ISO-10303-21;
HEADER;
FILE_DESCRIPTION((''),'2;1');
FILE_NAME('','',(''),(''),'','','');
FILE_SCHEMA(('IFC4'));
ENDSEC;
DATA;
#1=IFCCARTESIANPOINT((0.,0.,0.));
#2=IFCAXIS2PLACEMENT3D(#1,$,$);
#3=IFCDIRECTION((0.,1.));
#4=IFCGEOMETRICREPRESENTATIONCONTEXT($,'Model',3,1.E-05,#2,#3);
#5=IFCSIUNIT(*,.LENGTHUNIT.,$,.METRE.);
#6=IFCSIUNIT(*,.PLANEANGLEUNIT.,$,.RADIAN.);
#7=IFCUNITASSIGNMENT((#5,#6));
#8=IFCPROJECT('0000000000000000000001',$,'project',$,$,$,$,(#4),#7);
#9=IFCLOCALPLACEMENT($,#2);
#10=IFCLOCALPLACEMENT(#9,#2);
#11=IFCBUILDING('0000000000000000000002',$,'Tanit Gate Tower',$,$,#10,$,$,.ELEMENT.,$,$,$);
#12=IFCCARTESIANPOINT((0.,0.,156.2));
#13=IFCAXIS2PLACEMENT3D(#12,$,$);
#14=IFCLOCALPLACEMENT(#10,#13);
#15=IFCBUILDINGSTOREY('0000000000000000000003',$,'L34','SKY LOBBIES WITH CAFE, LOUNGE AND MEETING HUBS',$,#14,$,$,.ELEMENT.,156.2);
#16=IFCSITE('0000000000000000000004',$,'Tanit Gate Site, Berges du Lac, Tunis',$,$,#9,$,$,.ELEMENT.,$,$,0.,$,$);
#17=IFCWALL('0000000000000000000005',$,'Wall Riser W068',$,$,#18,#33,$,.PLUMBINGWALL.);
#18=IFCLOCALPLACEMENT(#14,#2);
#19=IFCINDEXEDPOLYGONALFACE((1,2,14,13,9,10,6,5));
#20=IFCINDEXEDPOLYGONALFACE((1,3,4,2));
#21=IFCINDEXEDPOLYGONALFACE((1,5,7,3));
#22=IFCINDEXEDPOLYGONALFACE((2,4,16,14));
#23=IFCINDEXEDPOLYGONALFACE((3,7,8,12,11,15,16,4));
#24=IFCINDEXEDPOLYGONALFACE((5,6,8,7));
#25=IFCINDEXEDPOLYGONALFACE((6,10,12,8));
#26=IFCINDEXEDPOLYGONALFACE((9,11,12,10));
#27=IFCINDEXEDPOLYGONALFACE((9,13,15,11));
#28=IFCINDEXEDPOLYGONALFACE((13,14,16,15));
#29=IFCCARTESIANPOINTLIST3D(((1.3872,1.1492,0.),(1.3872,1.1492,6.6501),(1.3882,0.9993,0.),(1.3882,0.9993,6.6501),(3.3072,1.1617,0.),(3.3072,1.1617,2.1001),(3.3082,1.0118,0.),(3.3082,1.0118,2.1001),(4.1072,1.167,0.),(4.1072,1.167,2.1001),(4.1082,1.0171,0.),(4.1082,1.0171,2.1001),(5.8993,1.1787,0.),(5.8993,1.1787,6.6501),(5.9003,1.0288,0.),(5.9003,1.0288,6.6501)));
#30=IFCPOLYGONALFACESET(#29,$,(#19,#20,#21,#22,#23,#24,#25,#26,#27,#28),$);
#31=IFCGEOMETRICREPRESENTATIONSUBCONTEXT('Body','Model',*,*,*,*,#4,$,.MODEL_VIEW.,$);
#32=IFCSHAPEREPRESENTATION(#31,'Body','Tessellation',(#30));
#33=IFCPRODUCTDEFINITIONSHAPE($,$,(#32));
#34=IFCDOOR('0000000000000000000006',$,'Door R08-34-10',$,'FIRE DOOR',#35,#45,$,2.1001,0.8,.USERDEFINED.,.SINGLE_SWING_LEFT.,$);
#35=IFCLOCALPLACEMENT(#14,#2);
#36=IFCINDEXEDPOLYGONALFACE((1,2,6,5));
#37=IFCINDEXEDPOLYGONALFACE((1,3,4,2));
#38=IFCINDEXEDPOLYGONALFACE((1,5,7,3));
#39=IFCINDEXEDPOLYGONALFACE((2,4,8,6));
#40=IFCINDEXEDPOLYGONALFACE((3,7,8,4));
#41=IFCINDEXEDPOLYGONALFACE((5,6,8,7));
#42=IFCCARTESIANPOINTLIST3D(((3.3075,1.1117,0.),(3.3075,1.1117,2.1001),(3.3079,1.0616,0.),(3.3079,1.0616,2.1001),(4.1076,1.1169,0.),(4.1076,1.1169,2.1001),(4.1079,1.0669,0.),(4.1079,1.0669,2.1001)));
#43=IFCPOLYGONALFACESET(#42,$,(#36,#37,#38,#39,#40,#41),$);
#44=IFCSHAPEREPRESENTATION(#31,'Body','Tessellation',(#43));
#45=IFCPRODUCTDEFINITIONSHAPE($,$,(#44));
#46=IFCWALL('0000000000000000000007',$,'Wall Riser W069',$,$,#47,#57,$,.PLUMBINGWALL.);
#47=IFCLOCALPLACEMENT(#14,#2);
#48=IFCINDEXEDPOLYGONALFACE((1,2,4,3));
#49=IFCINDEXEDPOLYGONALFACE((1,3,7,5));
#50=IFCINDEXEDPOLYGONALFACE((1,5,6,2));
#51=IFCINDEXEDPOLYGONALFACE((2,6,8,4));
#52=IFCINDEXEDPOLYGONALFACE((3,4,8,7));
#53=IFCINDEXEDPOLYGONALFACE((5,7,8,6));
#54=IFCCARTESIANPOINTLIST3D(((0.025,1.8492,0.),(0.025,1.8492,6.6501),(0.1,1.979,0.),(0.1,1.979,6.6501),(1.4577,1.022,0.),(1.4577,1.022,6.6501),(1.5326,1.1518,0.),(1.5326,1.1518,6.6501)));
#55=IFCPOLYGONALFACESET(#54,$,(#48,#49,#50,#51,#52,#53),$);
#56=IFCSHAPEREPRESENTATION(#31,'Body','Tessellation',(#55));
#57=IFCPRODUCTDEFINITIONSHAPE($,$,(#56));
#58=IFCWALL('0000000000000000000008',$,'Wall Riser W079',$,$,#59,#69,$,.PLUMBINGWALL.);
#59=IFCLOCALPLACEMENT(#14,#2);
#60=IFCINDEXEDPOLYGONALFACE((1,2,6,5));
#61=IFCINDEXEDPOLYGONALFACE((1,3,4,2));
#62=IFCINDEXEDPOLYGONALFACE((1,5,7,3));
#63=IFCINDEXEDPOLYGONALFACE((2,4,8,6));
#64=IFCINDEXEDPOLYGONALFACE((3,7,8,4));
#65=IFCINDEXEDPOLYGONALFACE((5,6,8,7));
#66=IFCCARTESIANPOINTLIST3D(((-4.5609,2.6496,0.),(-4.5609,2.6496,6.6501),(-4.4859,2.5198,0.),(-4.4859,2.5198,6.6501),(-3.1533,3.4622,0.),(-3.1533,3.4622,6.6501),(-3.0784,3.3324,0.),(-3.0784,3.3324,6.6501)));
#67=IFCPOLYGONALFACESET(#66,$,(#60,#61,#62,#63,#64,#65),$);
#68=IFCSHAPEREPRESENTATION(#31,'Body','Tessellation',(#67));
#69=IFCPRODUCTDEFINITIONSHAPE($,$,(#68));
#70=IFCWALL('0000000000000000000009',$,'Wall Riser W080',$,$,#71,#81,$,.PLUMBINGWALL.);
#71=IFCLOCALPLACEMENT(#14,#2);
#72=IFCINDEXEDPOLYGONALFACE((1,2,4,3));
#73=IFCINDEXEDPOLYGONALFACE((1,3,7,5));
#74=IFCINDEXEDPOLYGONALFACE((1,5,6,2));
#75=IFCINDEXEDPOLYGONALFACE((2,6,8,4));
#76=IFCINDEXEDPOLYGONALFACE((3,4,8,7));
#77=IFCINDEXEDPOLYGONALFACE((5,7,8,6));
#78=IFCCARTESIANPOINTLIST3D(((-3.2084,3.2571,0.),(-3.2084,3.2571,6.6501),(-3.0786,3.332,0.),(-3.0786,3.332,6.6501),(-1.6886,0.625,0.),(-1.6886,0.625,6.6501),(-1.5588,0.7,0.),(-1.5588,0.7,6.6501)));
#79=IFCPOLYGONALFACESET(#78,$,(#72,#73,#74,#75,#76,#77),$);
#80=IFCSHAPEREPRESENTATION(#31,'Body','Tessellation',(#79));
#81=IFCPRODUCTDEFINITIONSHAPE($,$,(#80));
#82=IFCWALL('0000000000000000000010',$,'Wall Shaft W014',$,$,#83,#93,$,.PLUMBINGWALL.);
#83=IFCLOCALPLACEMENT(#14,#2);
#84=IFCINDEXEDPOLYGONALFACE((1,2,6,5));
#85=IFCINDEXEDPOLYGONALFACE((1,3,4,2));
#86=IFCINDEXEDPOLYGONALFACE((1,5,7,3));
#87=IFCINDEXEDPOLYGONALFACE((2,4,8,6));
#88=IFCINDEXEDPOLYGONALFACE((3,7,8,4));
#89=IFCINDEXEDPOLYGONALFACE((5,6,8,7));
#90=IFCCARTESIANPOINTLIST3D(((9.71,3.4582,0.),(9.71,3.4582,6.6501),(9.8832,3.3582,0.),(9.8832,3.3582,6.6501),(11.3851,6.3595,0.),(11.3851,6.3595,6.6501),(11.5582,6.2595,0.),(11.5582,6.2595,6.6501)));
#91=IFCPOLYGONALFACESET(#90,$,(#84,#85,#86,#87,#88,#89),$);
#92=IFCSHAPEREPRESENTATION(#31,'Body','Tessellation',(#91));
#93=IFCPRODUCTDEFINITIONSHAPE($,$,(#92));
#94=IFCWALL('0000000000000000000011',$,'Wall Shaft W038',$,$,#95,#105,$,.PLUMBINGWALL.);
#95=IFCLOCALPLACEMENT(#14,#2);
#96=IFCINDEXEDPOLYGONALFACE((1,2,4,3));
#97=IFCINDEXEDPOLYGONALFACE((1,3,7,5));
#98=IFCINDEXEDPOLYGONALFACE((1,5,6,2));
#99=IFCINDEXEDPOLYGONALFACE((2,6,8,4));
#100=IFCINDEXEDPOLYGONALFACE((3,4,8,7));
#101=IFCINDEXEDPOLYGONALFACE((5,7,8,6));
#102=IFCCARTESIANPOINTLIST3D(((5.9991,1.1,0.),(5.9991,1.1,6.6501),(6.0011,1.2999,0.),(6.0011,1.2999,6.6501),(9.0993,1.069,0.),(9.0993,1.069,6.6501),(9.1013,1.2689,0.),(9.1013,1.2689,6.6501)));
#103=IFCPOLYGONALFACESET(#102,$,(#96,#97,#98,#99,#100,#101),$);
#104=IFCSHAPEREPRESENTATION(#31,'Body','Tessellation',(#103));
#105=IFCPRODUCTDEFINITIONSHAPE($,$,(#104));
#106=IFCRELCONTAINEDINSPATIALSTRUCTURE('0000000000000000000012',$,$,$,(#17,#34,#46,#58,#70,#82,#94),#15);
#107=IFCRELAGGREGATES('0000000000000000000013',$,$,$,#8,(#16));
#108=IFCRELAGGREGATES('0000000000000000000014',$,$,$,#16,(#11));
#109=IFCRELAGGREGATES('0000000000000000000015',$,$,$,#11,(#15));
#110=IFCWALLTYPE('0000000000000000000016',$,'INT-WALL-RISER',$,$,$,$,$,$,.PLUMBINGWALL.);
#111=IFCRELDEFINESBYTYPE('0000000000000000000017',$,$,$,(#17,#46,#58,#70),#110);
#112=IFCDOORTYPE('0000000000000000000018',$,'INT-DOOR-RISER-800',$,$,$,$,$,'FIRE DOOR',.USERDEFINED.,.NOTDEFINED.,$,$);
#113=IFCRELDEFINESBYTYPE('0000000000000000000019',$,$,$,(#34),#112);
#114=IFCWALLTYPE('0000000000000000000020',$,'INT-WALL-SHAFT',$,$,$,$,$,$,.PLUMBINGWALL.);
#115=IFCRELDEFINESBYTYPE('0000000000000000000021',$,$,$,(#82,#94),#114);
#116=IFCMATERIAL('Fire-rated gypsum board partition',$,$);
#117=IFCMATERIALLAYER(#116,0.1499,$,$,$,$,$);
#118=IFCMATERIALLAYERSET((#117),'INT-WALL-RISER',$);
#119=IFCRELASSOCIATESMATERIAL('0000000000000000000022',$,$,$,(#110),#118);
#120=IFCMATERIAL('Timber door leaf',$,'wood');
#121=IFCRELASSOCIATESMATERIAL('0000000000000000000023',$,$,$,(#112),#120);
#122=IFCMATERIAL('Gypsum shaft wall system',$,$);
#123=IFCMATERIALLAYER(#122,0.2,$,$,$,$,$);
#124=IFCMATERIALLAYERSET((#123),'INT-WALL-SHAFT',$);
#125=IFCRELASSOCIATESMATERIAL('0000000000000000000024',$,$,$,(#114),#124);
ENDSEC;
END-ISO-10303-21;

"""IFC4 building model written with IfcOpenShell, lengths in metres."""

from ifc_helpers import new_model, si_unit, direction, frame, frame_2d, origin, place, context, subcontext, project, spatial, rectangle, extrude, material, layer, layer_set, type_object, element, fill, save


model = new_model("IFC4")

# Units and contexts
model_context = context("Model", 3, precision=1e-05, world=origin(), true_north=direction((0.0, 1.0)))
body_context = subcontext(model_context, "Body", "Model", "MODEL_VIEW")
ifc_project = project(units=[si_unit("LENGTHUNIT", "METRE"), si_unit("PLANEANGLEUNIT", "RADIAN")], contexts=[model_context])

# Site, building, storey
site_placement = place(None, origin())
site = spatial("IfcSite", under=ifc_project, at=site_placement, Name="Tanit Gate Site, Berges du Lac, Tunis", CompositionType="ELEMENT", RefElevation=0.0)
building_placement = place(site_placement, origin())
building = spatial("IfcBuilding", under=site, at=building_placement, Name="Tanit Gate Tower", CompositionType="ELEMENT")
storey_placement = place(building_placement, frame((0.0, 0.0, 156.2)))
storey = spatial("IfcBuildingStorey", under=building, at=storey_placement, Name="L34", Description="SKY LOBBIES WITH CAFE, LOUNGE AND MEETING HUBS", CompositionType="ELEMENT", Elevation=156.2)

# Wall, opening, door
ifc_material_1 = material(Name="Fire-rated gypsum board partition")
ifc_layer_1 = layer(ifc_material_1, 0.1499)
ifc_layer_set_1 = layer_set([ifc_layer_1], Name="INT-WALL-RISER")
wall_type_1 = type_object("IfcWallType", Name="INT-WALL-RISER", PredefinedType="PLUMBINGWALL", material=ifc_layer_set_1)
wall_1_placement = place(storey_placement, frame((1.3877, 1.0742, 0.0), z_axis=(0.0, 0.0, 1.0), x_axis=(0.999979, 0.006547, 0.0)))
wall_1 = element("IfcWall", 1, at=wall_1_placement, inside=storey, type_object=wall_type_1, Name="Wall Riser W068", PredefinedType="PLUMBINGWALL", context=body_context, shape_type="SweptSolid", body=[
    extrude(rectangle(XDim=4.5122, YDim=0.1499, at=frame_2d((2.2561, 0.0))), origin(), (0.0, 0.0, 1.0), 6.6501),
])
opening_1_placement = place(wall_1_placement, frame((1.9202, 0.0, 0.0)))
opening_1 = element("IfcOpeningElement", 2, at=opening_1_placement, cuts=wall_1, PredefinedType="OPENING", context=body_context, shape_type="SweptSolid", body=[
    extrude(rectangle(XDim=0.8, YDim=2.1001, at=frame_2d((0.3999, 1.05))), frame((0.0, 0.085, 0.0), z_axis=(0.0, -1.0, 0.0), x_axis=(1.0, 0.0, 0.0)), (0.0, 0.0, 1.0), 0.1699),
])
ifc_material_2 = material(Name="Timber door leaf", Category="wood")
door_type_1 = type_object("IfcDoorType", Name="INT-DOOR-RISER-800", ElementType="FIRE DOOR", OperationType="NOTDEFINED", PredefinedType="USERDEFINED", material=ifc_material_2)
door_1_placement = place(opening_1_placement, origin())
door_1 = element("IfcDoor", 3, at=door_1_placement, inside=storey, type_object=door_type_1, Name="Door R08-34-10", ObjectType="FIRE DOOR", OperationType="SINGLE_SWING_LEFT", OverallHeight=2.1001, OverallWidth=0.8, PredefinedType="USERDEFINED", context=body_context, shape_type="SweptSolid", body=[
    extrude(rectangle(XDim=0.8, YDim=2.1001, at=frame_2d((0.3999, 1.05))), frame((0.0, 0.0249, 0.0), z_axis=(0.0, -1.0, 0.0), x_axis=(1.0, 0.0, 0.0)), (0.0, 0.0, 1.0), 0.05),
])
fill(opening_1, door_1)

# Walls
wall_2_placement = place(storey_placement, frame((0.0625, 1.9141, 0.0), z_axis=(0.0, 0.0, 1.0), x_axis=(0.866018, -0.500012, 0.0)))
element("IfcWall", 4, at=wall_2_placement, inside=storey, type_object=wall_type_1, Name="Wall Riser W069", PredefinedType="PLUMBINGWALL", context=body_context, shape_type="SweptSolid", body=[
    extrude(rectangle(XDim=1.6543, YDim=0.1499, at=frame_2d((0.8271, 0.0))), origin(), (0.0, 0.0, 1.0), 6.6501),
])
wall_3_placement = place(storey_placement, frame((-3.116, 3.3972, 0.0), z_axis=(0.0, 0.0, 1.0), x_axis=(-0.866053, -0.499952, 0.0)))
element("IfcWall", 5, at=wall_3_placement, inside=storey, type_object=wall_type_1, Name="Wall Riser W079", PredefinedType="PLUMBINGWALL", context=body_context, shape_type="SweptSolid", body=[
    extrude(rectangle(XDim=1.6252, YDim=0.1499, at=frame_2d((0.8125, 0.0))), origin(), (0.0, 0.0, 1.0), 6.6501),
])
wall_4_placement = place(storey_placement, frame((-1.6238, 0.6626, 0.0), z_axis=(0.0, 0.0, 1.0), x_axis=(-0.500035, 0.866005, 0.0)))
element("IfcWall", 6, at=wall_4_placement, inside=storey, type_object=wall_type_1, Name="Wall Riser W080", PredefinedType="PLUMBINGWALL", context=body_context, shape_type="SweptSolid", body=[
    extrude(rectangle(XDim=3.0393, YDim=0.1499, at=frame_2d((1.5195, 0.0))), origin(), (0.0, 0.0, 1.0), 6.6501),
])
ifc_material_3 = material(Name="Gypsum shaft wall system")
ifc_layer_2 = layer(ifc_material_3, 0.2)
ifc_layer_set_2 = layer_set([ifc_layer_2], Name="INT-WALL-SHAFT")
wall_type_2 = type_object("IfcWallType", Name="INT-WALL-SHAFT", PredefinedType="PLUMBINGWALL", material=ifc_layer_set_2)
wall_5_placement = place(storey_placement, frame((9.7966, 3.4082, 0.0), z_axis=(0.0, 0.0, 1.0), x_axis=(0.499987, 0.866033, 0.0)))
element("IfcWall", 7, at=wall_5_placement, inside=storey, type_object=wall_type_2, Name="Wall Shaft W014", PredefinedType="PLUMBINGWALL", context=body_context, shape_type="SweptSolid", body=[
    extrude(rectangle(XDim=3.3501, YDim=0.2, at=frame_2d((1.675, 0.0))), origin(), (0.0, 0.0, 1.0), 6.6501),
])

# Wall
wall_6_placement = place(storey_placement, frame((6.0, 1.2, 0.0), z_axis=(0.0, 0.0, 1.0), x_axis=(0.99995, -0.010001, 0.0)))
element("IfcWall", 8, at=wall_6_placement, inside=storey, type_object=wall_type_2, Name="Wall Shaft W038", PredefinedType="PLUMBINGWALL", context=body_context, shape_type="SweptSolid", body=[
    extrude(rectangle(XDim=3.1003, YDim=0.2, at=frame_2d((1.5503, 0.0))), origin(), (0.0, 0.0, 1.0), 6.6501),
])

save(model, "model.ifc")
